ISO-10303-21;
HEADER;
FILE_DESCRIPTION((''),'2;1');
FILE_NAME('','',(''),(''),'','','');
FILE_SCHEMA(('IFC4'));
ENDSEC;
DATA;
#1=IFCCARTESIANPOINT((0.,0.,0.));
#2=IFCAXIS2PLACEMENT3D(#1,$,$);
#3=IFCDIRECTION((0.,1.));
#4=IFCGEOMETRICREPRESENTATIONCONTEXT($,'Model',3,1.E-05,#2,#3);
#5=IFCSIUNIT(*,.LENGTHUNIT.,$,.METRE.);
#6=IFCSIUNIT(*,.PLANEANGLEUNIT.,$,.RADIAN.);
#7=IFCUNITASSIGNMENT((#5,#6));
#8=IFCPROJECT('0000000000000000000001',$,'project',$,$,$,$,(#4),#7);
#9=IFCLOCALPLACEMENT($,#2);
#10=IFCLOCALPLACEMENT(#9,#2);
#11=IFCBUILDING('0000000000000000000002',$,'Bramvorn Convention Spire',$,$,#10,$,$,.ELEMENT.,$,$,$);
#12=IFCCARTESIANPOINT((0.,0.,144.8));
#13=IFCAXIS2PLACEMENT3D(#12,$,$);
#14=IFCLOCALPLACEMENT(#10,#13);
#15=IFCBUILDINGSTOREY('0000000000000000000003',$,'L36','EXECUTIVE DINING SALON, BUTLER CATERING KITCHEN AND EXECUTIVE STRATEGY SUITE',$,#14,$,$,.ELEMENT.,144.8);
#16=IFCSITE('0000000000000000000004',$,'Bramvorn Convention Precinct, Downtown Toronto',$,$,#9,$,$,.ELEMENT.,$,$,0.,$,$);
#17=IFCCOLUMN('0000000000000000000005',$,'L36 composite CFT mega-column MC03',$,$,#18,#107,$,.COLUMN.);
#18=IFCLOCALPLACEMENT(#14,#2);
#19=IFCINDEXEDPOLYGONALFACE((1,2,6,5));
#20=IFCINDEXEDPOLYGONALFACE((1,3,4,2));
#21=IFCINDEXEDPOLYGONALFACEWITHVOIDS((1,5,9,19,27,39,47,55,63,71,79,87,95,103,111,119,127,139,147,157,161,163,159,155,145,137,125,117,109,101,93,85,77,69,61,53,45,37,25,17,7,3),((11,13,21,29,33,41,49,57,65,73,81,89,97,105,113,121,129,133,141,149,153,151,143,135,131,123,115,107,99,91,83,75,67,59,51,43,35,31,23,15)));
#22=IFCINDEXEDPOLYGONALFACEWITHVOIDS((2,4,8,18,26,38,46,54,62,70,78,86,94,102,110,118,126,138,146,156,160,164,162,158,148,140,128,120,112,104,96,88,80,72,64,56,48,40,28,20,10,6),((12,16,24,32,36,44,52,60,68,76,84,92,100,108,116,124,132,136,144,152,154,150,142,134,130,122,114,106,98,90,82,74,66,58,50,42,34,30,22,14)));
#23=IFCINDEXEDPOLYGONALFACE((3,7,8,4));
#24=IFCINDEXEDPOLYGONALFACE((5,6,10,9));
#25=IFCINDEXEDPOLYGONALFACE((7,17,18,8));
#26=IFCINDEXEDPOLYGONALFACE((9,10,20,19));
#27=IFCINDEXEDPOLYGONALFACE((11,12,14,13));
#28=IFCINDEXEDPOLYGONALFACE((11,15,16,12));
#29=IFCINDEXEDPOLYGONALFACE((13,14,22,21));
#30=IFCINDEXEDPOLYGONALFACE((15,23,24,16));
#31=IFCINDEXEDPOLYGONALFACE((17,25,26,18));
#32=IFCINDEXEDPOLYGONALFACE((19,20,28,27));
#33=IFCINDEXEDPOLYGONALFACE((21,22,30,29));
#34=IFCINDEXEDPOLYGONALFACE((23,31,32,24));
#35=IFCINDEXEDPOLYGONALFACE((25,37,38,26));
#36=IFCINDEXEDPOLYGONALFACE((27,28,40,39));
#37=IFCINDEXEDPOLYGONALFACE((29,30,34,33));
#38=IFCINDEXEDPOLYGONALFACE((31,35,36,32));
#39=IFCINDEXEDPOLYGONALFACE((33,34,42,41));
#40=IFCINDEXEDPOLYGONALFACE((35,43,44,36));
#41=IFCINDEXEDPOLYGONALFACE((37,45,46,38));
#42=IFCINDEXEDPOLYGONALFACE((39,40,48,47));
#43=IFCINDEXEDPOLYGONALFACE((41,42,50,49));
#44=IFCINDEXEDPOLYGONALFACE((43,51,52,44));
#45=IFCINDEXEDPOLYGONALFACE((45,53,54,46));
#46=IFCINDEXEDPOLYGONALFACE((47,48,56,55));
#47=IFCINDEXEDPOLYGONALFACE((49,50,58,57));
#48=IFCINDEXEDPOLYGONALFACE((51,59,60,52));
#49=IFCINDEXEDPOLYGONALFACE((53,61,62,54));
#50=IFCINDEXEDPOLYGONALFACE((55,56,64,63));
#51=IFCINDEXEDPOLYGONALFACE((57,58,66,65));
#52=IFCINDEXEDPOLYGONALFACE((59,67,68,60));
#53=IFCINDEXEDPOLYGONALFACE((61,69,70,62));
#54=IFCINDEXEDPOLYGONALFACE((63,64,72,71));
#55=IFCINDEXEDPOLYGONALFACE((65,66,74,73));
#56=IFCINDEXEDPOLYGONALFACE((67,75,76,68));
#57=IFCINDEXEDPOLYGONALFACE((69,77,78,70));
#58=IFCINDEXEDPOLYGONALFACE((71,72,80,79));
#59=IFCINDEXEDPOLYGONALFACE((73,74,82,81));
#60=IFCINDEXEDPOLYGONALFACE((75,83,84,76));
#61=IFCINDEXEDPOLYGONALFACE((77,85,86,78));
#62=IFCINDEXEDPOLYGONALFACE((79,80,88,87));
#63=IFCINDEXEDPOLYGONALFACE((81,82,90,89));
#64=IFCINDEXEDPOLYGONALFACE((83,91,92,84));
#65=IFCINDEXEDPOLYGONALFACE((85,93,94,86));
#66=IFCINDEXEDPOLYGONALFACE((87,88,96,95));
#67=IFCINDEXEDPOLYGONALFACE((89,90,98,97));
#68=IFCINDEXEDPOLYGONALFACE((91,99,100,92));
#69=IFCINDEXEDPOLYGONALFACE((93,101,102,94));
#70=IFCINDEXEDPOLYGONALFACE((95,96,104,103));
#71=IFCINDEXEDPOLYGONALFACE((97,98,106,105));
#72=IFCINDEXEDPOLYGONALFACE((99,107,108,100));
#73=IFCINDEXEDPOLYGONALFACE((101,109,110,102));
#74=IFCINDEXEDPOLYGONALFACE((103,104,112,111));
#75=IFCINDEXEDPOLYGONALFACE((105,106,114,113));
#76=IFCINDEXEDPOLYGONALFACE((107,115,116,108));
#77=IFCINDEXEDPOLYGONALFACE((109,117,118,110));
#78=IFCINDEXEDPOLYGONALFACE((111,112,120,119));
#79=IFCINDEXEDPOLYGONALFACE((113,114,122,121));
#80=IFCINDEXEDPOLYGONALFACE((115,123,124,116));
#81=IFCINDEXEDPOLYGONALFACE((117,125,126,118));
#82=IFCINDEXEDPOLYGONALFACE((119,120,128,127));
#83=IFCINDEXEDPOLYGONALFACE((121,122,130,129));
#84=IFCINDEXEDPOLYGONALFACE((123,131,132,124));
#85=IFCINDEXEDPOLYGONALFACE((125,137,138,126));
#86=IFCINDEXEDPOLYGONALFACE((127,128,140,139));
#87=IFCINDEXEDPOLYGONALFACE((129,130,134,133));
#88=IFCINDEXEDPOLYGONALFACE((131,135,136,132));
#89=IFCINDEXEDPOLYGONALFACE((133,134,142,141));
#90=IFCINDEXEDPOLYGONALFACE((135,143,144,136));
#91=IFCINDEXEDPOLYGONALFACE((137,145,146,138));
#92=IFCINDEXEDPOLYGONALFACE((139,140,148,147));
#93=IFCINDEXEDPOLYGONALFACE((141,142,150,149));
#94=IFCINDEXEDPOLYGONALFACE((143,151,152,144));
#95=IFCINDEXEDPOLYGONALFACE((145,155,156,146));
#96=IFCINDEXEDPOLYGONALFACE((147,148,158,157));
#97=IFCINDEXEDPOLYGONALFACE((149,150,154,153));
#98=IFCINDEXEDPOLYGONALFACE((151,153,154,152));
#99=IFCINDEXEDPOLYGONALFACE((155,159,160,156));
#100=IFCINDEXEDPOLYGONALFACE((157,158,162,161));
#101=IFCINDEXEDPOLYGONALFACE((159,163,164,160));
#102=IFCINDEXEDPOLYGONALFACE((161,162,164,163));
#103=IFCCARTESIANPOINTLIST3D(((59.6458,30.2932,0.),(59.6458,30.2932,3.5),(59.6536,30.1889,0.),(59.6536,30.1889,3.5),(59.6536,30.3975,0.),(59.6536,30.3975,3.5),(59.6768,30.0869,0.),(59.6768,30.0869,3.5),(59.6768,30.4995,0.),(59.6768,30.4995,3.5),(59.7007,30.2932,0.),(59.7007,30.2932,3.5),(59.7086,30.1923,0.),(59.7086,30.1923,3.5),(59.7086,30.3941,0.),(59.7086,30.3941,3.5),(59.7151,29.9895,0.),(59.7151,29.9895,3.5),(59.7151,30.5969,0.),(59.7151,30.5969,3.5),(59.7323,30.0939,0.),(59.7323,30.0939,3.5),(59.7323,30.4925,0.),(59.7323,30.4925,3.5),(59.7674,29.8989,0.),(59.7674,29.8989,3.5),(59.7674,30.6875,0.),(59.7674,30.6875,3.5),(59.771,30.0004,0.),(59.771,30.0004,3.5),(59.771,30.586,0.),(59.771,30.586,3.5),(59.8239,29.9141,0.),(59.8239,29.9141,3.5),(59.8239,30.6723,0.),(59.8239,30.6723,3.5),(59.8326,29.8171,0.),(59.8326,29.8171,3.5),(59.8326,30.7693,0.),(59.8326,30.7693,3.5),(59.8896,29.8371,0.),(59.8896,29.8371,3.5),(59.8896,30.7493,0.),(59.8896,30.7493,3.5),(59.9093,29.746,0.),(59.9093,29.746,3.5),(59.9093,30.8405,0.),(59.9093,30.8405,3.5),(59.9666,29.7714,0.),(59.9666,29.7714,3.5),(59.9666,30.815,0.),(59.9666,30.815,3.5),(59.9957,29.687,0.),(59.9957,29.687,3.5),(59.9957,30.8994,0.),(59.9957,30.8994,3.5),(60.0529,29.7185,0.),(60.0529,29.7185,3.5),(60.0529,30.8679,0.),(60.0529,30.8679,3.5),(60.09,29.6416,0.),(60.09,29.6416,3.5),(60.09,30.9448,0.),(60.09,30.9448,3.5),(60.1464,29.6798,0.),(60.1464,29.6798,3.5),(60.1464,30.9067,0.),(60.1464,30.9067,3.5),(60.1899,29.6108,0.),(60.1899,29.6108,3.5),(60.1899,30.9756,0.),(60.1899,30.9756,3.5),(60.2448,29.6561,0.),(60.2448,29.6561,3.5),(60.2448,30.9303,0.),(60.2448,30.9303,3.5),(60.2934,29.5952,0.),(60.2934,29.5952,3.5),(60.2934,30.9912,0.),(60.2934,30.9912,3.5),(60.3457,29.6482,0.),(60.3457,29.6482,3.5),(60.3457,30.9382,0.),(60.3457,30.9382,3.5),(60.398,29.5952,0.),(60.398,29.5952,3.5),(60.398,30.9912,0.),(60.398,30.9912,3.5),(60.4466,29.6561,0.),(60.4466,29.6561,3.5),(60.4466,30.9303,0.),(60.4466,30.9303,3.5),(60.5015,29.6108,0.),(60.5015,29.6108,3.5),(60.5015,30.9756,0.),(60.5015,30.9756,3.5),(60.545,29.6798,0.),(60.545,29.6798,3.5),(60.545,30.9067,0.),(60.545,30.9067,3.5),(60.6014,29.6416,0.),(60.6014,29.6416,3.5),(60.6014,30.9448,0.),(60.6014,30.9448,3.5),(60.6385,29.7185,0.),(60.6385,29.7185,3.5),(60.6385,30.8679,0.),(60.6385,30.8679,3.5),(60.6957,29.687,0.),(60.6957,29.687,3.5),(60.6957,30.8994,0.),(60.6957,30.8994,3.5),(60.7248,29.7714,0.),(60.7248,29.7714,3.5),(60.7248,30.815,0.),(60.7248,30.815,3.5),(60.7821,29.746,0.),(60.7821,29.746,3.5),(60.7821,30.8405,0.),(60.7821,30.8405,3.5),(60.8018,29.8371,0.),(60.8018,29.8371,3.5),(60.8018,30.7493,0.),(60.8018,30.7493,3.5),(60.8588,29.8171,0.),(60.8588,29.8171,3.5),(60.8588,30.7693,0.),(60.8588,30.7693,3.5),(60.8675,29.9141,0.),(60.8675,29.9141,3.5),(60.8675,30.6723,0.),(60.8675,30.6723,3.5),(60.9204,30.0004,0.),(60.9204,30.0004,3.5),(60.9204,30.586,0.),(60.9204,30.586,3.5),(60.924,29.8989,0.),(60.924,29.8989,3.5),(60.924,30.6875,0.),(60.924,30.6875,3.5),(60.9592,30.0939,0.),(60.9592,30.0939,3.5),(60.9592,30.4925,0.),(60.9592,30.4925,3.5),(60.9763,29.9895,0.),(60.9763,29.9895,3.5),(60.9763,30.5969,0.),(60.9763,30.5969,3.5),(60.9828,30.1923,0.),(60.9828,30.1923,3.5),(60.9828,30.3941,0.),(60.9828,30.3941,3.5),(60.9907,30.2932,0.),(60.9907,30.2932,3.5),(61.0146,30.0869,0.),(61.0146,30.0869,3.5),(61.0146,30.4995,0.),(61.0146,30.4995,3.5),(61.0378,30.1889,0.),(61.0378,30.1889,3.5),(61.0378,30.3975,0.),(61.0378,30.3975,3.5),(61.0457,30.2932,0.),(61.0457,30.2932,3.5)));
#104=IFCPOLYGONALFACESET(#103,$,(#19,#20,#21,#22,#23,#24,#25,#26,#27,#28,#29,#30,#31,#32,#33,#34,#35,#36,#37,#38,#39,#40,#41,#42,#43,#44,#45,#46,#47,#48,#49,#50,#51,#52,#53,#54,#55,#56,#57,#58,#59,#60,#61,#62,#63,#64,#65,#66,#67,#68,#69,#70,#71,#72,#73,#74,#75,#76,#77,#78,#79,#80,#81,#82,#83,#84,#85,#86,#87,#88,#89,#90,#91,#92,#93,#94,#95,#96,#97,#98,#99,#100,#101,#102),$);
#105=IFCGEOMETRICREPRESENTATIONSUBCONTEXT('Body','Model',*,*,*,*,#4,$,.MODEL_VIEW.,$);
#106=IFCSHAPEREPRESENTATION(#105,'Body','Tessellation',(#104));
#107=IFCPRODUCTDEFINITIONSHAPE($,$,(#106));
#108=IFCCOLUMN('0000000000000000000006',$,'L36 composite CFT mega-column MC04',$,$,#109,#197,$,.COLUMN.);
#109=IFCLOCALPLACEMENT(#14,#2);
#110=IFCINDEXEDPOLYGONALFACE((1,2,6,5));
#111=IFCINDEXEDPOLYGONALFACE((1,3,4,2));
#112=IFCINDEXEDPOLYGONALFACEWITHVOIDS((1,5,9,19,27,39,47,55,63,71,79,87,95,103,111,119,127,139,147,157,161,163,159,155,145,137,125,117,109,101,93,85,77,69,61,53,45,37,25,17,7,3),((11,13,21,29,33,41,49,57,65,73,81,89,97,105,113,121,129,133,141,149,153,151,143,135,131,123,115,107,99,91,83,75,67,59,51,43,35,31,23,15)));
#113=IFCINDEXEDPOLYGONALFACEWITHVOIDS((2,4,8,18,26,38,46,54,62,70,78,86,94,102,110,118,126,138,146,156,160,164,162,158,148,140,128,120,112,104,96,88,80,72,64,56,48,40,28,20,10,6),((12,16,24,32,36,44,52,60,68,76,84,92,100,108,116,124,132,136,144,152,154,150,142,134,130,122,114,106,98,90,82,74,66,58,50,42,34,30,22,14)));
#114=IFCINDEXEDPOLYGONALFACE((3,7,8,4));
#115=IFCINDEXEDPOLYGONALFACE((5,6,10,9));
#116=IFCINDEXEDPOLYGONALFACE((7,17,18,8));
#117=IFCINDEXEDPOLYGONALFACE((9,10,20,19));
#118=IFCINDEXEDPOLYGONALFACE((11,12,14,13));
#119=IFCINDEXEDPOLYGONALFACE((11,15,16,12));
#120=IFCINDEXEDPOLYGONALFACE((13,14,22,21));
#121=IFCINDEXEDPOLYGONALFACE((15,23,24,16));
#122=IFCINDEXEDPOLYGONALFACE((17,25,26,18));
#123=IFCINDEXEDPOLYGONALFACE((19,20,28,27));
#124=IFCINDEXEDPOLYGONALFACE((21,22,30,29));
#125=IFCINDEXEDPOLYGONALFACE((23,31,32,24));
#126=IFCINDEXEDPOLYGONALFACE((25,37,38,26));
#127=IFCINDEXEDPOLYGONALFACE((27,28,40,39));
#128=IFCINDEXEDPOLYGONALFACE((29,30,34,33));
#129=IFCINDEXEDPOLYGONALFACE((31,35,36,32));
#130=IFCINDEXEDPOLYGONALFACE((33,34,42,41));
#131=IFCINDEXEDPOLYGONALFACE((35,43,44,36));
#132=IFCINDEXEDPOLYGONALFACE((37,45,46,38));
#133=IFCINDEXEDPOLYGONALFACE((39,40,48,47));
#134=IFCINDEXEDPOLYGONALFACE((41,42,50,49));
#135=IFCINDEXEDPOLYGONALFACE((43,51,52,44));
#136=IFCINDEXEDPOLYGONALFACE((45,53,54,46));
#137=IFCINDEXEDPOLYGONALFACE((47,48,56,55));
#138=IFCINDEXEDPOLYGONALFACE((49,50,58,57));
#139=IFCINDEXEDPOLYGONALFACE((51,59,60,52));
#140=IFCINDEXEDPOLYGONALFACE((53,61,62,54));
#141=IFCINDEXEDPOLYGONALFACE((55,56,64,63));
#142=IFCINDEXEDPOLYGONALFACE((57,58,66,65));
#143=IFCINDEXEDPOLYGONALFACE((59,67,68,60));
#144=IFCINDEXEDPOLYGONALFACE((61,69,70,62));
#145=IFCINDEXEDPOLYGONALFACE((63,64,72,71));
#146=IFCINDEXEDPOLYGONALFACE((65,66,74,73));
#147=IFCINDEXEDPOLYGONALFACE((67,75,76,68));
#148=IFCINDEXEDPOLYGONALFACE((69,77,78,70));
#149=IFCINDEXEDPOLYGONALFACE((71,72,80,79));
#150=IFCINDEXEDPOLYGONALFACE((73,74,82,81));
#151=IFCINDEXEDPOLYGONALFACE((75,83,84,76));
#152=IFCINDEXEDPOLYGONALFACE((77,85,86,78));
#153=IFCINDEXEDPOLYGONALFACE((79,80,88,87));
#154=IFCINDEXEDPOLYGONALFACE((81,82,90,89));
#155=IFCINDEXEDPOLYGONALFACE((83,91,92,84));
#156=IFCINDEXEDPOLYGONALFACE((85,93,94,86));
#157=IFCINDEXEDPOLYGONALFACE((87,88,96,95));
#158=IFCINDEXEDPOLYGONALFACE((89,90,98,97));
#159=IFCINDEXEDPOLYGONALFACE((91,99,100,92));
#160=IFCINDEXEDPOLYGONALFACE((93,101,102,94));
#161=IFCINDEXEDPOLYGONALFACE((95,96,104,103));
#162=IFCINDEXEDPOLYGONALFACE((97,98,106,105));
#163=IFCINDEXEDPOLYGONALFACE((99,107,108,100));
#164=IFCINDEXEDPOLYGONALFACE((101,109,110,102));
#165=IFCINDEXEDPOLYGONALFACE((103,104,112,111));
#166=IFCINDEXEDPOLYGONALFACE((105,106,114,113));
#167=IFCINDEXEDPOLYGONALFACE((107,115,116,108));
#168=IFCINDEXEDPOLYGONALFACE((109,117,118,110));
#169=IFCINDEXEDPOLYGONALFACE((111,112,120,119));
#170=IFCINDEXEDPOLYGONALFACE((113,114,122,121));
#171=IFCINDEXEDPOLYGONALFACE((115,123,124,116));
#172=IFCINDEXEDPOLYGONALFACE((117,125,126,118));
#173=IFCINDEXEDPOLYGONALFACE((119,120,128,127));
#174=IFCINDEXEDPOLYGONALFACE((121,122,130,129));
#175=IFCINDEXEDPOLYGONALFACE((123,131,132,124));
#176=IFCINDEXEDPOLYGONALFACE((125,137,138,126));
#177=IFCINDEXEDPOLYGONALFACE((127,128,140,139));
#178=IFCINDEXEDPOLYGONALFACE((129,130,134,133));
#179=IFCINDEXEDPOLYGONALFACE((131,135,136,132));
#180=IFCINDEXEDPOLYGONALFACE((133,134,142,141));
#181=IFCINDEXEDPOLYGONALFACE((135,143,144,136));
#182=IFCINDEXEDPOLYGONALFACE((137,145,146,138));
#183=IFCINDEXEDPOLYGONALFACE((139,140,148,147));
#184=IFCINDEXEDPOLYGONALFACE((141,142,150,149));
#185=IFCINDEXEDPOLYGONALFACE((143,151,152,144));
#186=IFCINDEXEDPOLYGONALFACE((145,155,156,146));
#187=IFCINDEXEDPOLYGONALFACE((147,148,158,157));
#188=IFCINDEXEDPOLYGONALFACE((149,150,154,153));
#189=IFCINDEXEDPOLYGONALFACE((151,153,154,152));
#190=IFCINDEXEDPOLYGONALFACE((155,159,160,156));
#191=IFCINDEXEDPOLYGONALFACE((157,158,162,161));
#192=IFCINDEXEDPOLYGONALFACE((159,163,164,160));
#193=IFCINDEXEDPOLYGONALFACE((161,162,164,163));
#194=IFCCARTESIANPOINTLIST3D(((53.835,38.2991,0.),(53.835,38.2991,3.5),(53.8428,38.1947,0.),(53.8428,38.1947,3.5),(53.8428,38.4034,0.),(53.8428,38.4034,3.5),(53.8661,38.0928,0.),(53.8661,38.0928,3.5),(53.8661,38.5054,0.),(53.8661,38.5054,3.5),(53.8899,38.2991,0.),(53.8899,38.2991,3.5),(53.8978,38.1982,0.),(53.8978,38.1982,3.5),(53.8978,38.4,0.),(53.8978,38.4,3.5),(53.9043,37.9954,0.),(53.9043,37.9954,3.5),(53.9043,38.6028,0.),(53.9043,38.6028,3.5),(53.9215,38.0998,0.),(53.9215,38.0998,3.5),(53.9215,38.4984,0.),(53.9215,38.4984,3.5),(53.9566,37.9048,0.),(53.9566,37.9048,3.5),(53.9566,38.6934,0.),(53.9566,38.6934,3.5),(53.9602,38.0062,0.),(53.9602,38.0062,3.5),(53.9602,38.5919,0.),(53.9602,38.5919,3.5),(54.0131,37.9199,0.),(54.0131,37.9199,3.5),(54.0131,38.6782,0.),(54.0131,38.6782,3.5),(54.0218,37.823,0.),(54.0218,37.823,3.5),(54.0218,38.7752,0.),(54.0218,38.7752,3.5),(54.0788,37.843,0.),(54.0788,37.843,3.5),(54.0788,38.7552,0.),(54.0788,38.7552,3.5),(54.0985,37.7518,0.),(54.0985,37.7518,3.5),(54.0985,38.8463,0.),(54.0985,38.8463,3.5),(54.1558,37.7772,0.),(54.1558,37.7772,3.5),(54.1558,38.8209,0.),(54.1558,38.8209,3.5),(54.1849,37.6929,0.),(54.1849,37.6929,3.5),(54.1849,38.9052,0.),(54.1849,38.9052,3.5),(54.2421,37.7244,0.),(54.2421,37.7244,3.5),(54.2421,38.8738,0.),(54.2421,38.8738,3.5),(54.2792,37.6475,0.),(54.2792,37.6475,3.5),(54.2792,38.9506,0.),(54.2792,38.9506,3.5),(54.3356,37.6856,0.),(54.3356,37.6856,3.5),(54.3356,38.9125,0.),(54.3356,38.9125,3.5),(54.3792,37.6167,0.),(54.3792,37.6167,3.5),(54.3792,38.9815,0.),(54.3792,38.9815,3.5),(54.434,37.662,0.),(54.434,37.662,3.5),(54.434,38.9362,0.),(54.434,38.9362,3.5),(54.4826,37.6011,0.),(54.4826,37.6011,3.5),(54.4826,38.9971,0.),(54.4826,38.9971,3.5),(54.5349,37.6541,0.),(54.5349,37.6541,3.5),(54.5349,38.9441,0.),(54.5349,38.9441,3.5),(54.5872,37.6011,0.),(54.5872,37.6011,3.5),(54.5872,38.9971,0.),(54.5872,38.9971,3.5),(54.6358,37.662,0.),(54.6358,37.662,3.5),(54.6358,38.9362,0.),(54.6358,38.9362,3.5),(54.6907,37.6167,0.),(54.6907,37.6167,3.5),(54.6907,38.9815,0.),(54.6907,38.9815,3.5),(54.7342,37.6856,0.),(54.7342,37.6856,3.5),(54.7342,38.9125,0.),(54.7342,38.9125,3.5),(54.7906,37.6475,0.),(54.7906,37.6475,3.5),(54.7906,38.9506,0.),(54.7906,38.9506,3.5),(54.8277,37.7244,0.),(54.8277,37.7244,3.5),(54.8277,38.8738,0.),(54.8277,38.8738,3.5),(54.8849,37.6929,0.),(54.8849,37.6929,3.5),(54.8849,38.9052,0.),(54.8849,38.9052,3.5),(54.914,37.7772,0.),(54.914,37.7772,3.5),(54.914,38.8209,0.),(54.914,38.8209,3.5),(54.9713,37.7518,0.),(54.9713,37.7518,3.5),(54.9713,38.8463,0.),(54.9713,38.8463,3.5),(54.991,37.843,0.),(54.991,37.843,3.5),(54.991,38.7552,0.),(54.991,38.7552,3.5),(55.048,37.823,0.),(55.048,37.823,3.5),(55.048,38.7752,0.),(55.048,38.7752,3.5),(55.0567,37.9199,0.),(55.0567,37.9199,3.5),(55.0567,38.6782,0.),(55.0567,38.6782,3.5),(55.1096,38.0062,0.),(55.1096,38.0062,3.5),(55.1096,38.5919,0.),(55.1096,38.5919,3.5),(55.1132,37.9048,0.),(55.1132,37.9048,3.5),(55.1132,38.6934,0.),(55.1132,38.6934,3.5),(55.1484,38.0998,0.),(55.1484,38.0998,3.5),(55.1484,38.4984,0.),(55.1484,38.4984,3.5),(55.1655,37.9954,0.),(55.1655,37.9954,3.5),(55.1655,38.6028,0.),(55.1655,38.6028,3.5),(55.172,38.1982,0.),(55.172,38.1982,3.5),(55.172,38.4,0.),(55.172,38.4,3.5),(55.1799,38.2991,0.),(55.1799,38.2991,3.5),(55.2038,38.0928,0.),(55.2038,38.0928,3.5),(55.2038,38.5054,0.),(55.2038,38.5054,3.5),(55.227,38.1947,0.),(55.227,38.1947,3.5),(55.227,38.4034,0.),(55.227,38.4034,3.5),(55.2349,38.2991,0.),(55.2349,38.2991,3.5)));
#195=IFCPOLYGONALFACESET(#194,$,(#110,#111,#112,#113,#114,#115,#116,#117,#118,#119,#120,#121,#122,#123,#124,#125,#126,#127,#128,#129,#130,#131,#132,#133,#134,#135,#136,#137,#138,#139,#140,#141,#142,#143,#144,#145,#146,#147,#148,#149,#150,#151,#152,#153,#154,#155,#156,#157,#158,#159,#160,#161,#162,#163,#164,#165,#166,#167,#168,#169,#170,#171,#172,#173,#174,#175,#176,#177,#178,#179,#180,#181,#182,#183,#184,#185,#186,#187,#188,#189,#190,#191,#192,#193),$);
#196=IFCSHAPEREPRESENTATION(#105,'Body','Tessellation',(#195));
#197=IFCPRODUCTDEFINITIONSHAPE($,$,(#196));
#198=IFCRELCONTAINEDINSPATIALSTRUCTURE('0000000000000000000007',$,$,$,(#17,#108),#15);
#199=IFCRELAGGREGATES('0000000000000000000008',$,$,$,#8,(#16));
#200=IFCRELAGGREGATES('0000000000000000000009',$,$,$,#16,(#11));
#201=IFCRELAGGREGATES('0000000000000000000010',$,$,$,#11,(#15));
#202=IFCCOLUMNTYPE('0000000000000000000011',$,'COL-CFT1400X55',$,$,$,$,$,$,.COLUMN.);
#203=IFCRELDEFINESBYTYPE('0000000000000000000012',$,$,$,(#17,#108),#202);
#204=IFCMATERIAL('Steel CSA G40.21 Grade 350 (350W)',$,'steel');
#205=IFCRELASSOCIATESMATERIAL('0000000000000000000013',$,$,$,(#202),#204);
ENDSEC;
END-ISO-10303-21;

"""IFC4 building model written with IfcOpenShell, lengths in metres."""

from ifc_helpers import new_model, si_unit, direction, frame, origin, origin_2d, place, context, subcontext, project, spatial, hollow_circle, extrude, material, material_profile, profile_set, type_object, element, save


model = new_model("IFC4")

# Units and contexts
model_context = context("Model", 3, precision=1e-05, world=origin(), true_north=direction((0.0, 1.0)))
body_context = subcontext(model_context, "Body", "Model", "MODEL_VIEW")
ifc_project = project(units=[si_unit("LENGTHUNIT", "METRE"), si_unit("PLANEANGLEUNIT", "RADIAN")], contexts=[model_context])

# Site, building, storey
site_placement = place(None, origin())
site = spatial("IfcSite", under=ifc_project, at=site_placement, Name="Bramvorn Convention Precinct, Downtown Toronto", CompositionType="ELEMENT", RefElevation=0.0)
building_placement = place(site_placement, origin())
building = spatial("IfcBuilding", under=site, at=building_placement, Name="Bramvorn Convention Spire", CompositionType="ELEMENT")
storey_placement = place(building_placement, frame((0.0, 0.0, 144.8)))
storey = spatial("IfcBuildingStorey", under=building, at=storey_placement, Name="L36", Description="EXECUTIVE DINING SALON, BUTLER CATERING KITCHEN AND EXECUTIVE STRATEGY SUITE", CompositionType="ELEMENT", Elevation=144.8)

# Columns
ifc_material_1 = material(Name="Steel CSA G40.21 Grade 350 (350W)", Category="steel")
ifc_material_profile_1 = material_profile(ifc_material_1, hollow_circle(Radius=0.7, WallThickness=0.0549, at=origin_2d()))
ifc_profile_set_1 = profile_set([ifc_material_profile_1], Name="Steel CSA G40.21 Grade 350 (350W) - CFT1400X55")
column_type = type_object("IfcColumnType", Name="COL-CFT1400X55", PredefinedType="COLUMN", material=ifc_profile_set_1)
for number, where, z_axis, x_axis, name in (
    (1, (60.3457, 30.2932, 0.0), (0.0, 0.0, 1.0), (1.0, 0.0, 0.0), "L36 composite CFT mega-column MC03"),
    (2, (54.5349, 38.2991, 0.0), (0.0, 0.0, 1.0), (1.0, 0.0, 0.0), "L36 composite CFT mega-column MC04"),
):
    element("IfcColumn", number, at=place(storey_placement, frame(where, z_axis=z_axis, x_axis=x_axis)), inside=storey, type_object=column_type, Name=name, PredefinedType="COLUMN", context=body_context, shape_type="SweptSolid", body=[
        extrude(hollow_circle(Radius=0.7, WallThickness=0.0549, at=origin_2d()), origin(), (0.0, 0.0, 1.0), 3.5),
    ])

save(model, "model.ifc")
